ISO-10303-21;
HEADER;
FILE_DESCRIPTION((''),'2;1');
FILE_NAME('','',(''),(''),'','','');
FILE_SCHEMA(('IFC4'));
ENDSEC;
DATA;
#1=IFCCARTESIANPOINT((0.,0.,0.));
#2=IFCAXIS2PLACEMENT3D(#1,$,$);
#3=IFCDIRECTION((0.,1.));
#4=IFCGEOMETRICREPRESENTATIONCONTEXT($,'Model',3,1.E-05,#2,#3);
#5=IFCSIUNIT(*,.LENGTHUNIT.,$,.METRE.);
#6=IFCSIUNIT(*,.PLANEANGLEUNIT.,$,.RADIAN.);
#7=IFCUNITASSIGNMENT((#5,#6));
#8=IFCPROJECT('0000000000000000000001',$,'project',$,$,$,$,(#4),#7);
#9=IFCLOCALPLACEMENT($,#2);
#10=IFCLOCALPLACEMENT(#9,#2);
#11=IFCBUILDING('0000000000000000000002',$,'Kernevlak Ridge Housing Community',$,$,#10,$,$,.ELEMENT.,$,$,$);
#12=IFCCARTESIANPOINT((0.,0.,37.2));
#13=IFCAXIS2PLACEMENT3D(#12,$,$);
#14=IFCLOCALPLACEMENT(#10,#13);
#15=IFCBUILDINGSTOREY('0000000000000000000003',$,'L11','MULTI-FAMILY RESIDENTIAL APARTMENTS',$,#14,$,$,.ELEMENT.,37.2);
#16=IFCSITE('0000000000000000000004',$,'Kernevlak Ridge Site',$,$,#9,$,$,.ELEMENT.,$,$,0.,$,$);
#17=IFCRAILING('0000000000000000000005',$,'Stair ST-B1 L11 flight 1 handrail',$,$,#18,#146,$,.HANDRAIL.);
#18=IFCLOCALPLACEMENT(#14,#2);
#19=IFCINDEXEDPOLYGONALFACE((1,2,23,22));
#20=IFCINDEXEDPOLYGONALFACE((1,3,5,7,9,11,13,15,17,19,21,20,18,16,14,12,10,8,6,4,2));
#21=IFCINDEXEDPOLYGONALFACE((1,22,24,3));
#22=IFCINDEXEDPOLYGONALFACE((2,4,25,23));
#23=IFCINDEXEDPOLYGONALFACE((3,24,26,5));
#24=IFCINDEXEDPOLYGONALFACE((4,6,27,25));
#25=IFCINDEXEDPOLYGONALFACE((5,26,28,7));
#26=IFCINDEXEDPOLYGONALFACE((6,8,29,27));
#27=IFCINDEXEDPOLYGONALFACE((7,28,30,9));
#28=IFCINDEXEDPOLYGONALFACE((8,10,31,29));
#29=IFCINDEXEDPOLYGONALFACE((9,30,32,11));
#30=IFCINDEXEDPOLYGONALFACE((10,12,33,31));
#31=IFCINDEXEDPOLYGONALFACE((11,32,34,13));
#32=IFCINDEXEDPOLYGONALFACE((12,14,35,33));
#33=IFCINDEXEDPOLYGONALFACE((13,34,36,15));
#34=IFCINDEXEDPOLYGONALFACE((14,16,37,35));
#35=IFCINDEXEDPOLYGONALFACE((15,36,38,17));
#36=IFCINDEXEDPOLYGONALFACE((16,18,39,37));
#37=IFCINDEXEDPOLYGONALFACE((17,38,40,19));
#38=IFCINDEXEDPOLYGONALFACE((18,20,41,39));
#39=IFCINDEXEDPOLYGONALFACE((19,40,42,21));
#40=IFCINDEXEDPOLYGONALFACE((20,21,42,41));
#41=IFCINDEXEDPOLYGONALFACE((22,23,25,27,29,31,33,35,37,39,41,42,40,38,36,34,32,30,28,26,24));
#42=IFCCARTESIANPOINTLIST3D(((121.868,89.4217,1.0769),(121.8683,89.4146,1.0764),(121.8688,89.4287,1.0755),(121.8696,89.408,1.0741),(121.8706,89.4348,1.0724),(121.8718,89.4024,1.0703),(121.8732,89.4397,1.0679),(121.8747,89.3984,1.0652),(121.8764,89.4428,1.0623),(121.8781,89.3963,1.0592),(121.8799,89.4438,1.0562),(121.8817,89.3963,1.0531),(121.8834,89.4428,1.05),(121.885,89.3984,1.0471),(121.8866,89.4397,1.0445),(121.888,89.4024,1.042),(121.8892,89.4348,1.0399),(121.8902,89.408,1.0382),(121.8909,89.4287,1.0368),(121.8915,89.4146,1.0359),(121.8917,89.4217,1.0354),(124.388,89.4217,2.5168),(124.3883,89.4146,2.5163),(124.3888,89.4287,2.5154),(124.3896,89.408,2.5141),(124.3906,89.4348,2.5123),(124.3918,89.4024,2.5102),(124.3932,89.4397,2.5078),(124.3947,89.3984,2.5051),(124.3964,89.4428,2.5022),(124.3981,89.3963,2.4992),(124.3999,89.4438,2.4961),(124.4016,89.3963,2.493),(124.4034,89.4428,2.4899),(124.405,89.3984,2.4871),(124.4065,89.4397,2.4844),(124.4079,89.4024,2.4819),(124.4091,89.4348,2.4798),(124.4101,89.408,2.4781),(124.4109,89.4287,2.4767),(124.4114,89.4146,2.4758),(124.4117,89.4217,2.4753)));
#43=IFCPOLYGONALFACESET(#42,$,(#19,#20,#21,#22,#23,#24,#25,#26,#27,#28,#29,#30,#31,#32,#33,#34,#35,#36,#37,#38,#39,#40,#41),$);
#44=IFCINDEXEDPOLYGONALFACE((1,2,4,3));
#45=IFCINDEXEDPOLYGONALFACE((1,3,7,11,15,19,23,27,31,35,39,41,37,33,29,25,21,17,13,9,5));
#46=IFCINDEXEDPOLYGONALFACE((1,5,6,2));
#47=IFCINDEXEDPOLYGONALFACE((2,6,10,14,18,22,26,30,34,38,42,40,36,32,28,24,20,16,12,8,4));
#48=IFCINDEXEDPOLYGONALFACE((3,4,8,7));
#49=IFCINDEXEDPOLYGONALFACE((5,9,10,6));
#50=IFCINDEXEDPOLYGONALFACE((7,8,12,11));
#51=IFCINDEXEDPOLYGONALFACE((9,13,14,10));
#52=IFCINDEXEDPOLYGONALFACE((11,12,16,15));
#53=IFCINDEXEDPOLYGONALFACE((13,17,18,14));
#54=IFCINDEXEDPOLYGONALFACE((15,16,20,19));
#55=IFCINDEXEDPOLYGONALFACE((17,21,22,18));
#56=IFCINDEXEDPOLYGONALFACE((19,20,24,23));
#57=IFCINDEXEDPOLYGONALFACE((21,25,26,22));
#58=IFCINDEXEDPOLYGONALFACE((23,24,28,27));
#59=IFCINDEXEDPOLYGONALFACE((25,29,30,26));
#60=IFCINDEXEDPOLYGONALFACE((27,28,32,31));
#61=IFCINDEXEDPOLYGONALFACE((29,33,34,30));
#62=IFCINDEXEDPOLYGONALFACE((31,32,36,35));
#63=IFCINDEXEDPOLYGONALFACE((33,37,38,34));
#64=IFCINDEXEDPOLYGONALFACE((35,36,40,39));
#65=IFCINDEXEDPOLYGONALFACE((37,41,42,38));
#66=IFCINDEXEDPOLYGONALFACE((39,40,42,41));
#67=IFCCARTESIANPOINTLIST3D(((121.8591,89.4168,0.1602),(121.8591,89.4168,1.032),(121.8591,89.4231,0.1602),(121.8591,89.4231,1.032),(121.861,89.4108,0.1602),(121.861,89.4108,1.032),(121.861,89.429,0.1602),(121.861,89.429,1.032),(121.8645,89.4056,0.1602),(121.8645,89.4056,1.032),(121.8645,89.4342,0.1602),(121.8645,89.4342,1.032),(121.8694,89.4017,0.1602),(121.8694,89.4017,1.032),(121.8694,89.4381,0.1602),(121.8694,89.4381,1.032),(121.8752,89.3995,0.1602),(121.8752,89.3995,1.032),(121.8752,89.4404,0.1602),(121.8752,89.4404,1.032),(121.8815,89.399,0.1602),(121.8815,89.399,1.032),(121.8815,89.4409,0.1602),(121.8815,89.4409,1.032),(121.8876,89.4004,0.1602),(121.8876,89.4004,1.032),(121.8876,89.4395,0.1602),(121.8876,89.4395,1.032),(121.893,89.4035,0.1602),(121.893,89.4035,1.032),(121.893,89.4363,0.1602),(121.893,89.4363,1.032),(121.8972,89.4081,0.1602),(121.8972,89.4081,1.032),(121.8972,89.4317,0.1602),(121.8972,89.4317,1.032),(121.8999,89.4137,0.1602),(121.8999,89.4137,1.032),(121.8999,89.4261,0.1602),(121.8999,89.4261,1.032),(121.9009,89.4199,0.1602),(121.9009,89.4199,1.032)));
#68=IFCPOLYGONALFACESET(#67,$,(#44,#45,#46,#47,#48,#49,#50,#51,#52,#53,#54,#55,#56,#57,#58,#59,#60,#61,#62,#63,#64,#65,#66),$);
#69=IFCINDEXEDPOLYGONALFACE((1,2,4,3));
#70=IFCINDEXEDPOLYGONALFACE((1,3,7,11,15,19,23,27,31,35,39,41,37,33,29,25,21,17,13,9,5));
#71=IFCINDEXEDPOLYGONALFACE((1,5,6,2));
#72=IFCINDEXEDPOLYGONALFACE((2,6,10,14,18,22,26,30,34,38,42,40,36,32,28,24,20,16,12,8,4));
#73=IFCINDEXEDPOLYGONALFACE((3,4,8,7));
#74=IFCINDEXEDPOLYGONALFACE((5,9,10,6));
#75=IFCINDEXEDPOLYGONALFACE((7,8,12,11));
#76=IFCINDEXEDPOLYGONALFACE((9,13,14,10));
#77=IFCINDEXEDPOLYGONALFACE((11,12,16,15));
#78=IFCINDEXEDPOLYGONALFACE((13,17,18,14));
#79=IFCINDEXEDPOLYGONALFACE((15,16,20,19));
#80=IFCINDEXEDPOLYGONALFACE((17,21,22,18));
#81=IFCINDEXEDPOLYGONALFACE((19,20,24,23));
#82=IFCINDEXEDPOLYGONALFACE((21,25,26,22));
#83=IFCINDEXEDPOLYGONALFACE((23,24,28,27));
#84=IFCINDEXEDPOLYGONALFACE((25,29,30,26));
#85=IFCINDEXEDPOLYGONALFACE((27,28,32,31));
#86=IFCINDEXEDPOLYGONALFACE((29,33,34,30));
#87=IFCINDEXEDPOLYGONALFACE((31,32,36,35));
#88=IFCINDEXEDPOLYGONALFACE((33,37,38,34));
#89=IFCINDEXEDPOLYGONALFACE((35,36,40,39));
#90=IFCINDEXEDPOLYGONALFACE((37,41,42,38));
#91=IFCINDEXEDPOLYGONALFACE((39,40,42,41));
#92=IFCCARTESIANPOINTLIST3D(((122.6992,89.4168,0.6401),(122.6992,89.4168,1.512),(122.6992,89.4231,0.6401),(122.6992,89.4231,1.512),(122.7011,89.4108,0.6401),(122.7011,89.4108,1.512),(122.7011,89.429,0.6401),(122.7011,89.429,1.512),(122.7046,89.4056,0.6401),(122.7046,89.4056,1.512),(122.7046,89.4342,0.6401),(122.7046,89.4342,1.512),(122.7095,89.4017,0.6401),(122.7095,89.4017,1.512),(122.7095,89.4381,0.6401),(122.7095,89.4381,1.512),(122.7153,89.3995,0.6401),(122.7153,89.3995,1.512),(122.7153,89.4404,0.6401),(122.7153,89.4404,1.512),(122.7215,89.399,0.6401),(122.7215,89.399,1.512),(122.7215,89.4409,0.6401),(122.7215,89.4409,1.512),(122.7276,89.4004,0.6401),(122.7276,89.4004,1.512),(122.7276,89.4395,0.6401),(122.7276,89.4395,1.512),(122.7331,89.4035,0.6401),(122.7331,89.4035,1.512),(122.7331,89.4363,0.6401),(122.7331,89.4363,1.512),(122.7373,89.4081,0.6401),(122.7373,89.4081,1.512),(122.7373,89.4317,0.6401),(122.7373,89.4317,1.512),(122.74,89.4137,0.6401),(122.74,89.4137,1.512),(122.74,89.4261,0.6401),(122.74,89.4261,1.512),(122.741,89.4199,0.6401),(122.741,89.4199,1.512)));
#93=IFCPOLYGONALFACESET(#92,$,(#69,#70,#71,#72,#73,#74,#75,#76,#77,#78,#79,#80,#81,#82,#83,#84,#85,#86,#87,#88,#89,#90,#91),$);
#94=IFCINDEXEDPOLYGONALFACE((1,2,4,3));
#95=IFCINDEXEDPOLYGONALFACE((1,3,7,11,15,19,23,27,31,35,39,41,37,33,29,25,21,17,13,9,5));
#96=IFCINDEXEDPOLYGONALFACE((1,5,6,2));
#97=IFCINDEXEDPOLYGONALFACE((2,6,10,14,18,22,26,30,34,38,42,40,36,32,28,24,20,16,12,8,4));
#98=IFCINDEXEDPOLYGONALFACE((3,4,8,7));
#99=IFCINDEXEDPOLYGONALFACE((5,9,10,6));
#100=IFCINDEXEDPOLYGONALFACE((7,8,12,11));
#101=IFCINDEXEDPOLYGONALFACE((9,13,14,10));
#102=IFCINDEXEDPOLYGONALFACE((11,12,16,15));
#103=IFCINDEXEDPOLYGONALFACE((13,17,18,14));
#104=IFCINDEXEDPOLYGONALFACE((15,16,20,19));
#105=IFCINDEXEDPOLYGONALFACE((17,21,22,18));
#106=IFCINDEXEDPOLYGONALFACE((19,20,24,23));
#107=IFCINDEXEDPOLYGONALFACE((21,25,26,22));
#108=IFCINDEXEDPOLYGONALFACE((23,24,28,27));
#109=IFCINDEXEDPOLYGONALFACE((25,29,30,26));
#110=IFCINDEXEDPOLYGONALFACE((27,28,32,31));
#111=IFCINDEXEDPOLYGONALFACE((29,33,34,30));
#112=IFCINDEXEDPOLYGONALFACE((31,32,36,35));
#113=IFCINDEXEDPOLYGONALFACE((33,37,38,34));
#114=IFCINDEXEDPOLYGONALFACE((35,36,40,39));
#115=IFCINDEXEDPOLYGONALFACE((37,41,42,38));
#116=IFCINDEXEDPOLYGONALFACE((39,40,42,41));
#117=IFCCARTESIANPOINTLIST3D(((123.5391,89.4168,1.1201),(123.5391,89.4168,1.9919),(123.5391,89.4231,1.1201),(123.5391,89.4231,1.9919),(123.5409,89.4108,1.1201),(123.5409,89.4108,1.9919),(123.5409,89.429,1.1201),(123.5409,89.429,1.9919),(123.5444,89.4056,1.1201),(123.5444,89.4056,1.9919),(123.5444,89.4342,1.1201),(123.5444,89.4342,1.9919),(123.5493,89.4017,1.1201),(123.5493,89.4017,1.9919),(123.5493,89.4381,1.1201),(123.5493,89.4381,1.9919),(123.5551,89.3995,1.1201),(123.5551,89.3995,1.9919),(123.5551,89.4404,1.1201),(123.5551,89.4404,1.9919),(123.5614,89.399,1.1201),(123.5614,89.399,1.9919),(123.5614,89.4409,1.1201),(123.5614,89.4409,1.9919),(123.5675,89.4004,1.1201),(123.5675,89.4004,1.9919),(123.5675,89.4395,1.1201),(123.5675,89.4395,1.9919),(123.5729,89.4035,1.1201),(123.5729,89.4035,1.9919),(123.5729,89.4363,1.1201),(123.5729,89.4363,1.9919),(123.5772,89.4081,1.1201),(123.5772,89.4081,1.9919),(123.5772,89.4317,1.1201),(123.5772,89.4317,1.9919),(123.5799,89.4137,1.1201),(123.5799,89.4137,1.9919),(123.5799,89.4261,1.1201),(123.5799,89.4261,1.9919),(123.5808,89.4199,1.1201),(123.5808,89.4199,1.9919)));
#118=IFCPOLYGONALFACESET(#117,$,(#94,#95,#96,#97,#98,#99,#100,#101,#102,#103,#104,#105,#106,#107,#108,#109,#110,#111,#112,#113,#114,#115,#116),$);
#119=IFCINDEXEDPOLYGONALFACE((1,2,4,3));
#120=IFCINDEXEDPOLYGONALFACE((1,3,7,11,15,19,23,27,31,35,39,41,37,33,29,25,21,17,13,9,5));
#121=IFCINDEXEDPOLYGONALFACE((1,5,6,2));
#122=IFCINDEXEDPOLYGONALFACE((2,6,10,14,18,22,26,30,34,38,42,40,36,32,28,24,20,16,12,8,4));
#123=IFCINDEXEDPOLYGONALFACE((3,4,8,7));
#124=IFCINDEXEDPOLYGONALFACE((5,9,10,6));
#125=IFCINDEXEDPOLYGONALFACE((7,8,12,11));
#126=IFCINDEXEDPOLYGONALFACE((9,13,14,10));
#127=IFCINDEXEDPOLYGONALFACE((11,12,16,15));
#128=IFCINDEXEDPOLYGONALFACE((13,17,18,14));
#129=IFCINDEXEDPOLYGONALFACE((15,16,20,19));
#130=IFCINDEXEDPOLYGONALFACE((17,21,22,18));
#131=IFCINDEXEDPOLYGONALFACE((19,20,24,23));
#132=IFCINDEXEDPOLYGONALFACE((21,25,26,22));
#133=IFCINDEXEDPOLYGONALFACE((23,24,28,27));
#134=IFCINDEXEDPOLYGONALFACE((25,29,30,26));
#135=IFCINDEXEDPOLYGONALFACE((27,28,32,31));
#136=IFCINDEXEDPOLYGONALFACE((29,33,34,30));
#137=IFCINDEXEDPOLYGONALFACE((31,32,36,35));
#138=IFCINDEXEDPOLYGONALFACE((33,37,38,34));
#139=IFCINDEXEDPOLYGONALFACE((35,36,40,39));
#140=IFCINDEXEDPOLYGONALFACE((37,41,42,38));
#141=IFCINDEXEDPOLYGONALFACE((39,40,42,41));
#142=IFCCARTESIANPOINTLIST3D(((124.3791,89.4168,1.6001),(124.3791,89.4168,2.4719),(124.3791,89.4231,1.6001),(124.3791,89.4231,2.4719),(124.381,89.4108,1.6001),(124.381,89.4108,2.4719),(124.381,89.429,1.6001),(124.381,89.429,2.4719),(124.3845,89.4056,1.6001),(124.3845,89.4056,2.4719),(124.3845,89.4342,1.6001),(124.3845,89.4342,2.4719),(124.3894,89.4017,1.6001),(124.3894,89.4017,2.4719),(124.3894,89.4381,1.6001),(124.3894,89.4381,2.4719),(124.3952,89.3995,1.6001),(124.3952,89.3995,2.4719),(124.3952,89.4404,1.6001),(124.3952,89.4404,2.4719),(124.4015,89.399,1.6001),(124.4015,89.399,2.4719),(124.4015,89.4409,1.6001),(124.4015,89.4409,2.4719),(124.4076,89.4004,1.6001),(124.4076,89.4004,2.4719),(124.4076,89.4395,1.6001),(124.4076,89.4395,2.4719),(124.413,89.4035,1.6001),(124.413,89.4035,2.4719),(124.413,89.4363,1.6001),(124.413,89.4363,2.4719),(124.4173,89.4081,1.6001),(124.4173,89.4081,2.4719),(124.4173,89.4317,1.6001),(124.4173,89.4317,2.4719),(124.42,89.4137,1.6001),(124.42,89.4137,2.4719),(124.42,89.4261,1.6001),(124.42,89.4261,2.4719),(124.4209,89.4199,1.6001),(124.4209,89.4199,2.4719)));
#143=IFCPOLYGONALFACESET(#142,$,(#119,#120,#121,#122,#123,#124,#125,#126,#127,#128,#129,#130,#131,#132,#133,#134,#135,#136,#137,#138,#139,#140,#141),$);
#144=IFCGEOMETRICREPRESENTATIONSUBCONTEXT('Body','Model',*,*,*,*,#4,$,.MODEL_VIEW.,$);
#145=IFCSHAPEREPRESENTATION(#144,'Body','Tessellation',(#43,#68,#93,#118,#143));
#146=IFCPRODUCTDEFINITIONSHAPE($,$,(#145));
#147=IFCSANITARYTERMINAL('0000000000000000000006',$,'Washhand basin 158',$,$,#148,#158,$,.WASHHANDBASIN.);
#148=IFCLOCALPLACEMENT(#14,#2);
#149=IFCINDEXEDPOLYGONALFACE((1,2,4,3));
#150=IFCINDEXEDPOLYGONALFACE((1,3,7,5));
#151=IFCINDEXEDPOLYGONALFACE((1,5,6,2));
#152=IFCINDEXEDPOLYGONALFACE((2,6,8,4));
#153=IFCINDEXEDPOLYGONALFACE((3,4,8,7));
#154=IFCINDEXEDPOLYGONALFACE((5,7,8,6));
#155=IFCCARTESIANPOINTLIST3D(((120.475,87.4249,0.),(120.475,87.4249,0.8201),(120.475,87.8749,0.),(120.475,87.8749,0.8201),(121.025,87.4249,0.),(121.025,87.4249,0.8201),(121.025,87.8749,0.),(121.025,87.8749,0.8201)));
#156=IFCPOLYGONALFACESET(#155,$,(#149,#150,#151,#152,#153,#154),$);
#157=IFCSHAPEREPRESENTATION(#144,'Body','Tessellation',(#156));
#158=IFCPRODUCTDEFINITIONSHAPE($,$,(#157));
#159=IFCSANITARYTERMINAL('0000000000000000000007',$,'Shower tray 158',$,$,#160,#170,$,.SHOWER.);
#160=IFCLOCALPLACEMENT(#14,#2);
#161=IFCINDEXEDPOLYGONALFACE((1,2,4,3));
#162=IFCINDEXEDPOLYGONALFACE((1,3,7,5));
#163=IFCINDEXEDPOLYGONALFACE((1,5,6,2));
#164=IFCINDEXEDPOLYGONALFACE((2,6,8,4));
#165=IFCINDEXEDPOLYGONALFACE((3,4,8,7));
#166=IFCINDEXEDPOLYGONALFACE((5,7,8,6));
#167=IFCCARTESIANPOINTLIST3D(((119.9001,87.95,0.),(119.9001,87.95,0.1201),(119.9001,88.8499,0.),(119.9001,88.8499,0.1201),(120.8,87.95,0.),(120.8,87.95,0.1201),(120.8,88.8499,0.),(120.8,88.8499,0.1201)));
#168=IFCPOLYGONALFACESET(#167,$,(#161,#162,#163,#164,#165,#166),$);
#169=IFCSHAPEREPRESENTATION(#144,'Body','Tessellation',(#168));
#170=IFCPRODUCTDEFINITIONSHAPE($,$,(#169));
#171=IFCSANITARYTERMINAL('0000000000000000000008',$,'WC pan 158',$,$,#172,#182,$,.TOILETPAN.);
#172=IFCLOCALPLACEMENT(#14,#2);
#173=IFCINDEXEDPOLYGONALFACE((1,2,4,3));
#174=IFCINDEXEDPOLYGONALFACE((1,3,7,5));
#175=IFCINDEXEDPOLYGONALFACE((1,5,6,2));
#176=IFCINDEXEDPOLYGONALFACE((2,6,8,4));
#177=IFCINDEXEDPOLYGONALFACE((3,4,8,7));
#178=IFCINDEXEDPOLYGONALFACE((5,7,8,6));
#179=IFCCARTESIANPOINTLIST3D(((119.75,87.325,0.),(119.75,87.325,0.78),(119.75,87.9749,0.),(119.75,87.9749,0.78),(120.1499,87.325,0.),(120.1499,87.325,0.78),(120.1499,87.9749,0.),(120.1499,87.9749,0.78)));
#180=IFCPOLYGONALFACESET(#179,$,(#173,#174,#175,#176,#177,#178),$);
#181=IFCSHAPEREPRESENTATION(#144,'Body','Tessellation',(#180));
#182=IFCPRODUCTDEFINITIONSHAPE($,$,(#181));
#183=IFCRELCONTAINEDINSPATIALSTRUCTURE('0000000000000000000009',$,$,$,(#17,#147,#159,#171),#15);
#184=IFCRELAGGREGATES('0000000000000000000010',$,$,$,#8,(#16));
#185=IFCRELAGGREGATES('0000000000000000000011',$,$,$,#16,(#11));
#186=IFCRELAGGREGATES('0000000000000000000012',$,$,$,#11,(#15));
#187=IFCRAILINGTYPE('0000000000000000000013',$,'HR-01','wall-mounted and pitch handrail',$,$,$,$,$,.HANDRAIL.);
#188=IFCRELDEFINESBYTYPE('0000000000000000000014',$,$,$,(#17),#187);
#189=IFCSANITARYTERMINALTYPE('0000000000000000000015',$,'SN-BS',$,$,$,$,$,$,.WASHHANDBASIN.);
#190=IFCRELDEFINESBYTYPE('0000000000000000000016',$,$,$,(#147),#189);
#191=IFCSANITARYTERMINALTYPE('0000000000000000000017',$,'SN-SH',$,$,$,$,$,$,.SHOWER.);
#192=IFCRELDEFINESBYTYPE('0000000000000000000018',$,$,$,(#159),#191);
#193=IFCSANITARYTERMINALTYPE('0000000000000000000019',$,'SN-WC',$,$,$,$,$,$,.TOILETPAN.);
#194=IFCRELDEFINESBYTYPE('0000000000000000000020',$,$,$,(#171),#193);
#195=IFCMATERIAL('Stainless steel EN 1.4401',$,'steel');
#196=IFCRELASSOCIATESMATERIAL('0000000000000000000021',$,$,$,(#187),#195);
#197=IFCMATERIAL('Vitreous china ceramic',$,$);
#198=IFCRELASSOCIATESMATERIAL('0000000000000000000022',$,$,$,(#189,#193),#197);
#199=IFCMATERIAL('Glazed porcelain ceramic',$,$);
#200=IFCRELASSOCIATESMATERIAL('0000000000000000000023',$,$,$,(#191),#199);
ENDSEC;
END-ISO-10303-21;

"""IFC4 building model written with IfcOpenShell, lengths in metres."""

from ifc_helpers import new_model, si_unit, direction, frame, origin, origin_2d, place, context, subcontext, project, spatial, rectangle, circle, extrude, material, type_object, element, save


model = new_model("IFC4")

# Units and contexts
model_context = context("Model", 3, precision=1e-05, world=origin(), true_north=direction((0.0, 1.0)))
body_context = subcontext(model_context, "Body", "Model", "MODEL_VIEW")
ifc_project = project(units=[si_unit("LENGTHUNIT", "METRE"), si_unit("PLANEANGLEUNIT", "RADIAN")], contexts=[model_context])

# Site, building, storey
site_placement = place(None, origin())
site = spatial("IfcSite", under=ifc_project, at=site_placement, Name="Kernevlak Ridge Site", CompositionType="ELEMENT", RefElevation=0.0)
building_placement = place(site_placement, origin())
building = spatial("IfcBuilding", under=site, at=building_placement, Name="Kernevlak Ridge Housing Community", CompositionType="ELEMENT")
storey_placement = place(building_placement, frame((0.0, 0.0, 37.2)))
storey = spatial("IfcBuildingStorey", under=building, at=storey_placement, Name="L11", Description="MULTI-FAMILY RESIDENTIAL APARTMENTS", CompositionType="ELEMENT", Elevation=37.2)

# Railing
ifc_material_1 = material(Name="Stainless steel EN 1.4401", Category="steel")
railing_type_1 = type_object("IfcRailingType", Name="HR-01", Description="wall-mounted and pitch handrail", PredefinedType="HANDRAIL", material=ifc_material_1)
railing_1_placement = place(storey_placement, frame((121.8799, 89.4199, 0.1602)))
element("IfcRailing", 1, at=railing_1_placement, inside=storey, type_object=railing_type_1, Name="Stair ST-B1 L11 flight 1 handrail", PredefinedType="HANDRAIL", context=body_context, shape_type="SweptSolid", body=[
    extrude(circle(Radius=0.0239, at=origin_2d()), frame((0.0, 0.0, 0.896), z_axis=(0.868253, 0.0, 0.496121), x_axis=(0.0, 1.0, 0.0)), (0.0, 0.0, 1.0), 2.9023),
    extrude(circle(Radius=0.021, at=origin_2d()), origin(), (0.0, 0.0, 1.0), 0.8718),
    extrude(circle(Radius=0.021, at=origin_2d()), frame((0.8401, 0.0, 0.48)), (0.0, 0.0, 1.0), 0.8718),
    extrude(circle(Radius=0.021, at=origin_2d()), frame((1.6799, 0.0, 0.96)), (0.0, 0.0, 1.0), 0.8718),
    extrude(circle(Radius=0.021, at=origin_2d()), frame((2.52, 0.0, 1.4399)), (0.0, 0.0, 1.0), 0.8718),
])

# Sanitary terminals
ifc_material_2 = material(Name="Vitreous china ceramic")
sanitary_terminal_type_1 = type_object("IfcSanitaryTerminalType", Name="SN-BS", PredefinedType="WASHHANDBASIN", material=ifc_material_2)
sanitary_terminal_1_placement = place(storey_placement, frame((120.75, 87.6499, 0.0), z_axis=(0.0, 0.0, 1.0), x_axis=(1.0, 0.0, 0.0)))
element("IfcSanitaryTerminal", 2, at=sanitary_terminal_1_placement, inside=storey, type_object=sanitary_terminal_type_1, Name="Washhand basin 158", PredefinedType="WASHHANDBASIN", context=body_context, shape_type="SweptSolid", body=[
    extrude(rectangle(XDim=0.55, YDim=0.45, at=origin_2d()), origin(), (0.0, 0.0, 1.0), 0.8201),
])
ifc_material_3 = material(Name="Glazed porcelain ceramic")
sanitary_terminal_type_2 = type_object("IfcSanitaryTerminalType", Name="SN-SH", PredefinedType="SHOWER", material=ifc_material_3)
sanitary_terminal_2_placement = place(storey_placement, frame((120.3501, 88.3999, 0.0), z_axis=(0.0, 0.0, 1.0), x_axis=(1.0, 0.0, 0.0)))
element("IfcSanitaryTerminal", 3, at=sanitary_terminal_2_placement, inside=storey, type_object=sanitary_terminal_type_2, Name="Shower tray 158", PredefinedType="SHOWER", context=body_context, shape_type="SweptSolid", body=[
    extrude(rectangle(XDim=0.8999, YDim=0.8999, at=origin_2d()), origin(), (0.0, 0.0, 1.0), 0.1201),
])
sanitary_terminal_type_3 = type_object("IfcSanitaryTerminalType", Name="SN-WC", PredefinedType="TOILETPAN", material=ifc_material_2)
sanitary_terminal_3_placement = place(storey_placement, frame((119.95, 87.6499, 0.0), z_axis=(0.0, 0.0, 1.0), x_axis=(1.0, 0.0, 0.0)))
element("IfcSanitaryTerminal", 4, at=sanitary_terminal_3_placement, inside=storey, type_object=sanitary_terminal_type_3, Name="WC pan 158", PredefinedType="TOILETPAN", context=body_context, shape_type="SweptSolid", body=[
    extrude(rectangle(XDim=0.3999, YDim=0.6499, at=origin_2d()), origin(), (0.0, 0.0, 1.0), 0.78),
])

save(model, "model.ifc")
